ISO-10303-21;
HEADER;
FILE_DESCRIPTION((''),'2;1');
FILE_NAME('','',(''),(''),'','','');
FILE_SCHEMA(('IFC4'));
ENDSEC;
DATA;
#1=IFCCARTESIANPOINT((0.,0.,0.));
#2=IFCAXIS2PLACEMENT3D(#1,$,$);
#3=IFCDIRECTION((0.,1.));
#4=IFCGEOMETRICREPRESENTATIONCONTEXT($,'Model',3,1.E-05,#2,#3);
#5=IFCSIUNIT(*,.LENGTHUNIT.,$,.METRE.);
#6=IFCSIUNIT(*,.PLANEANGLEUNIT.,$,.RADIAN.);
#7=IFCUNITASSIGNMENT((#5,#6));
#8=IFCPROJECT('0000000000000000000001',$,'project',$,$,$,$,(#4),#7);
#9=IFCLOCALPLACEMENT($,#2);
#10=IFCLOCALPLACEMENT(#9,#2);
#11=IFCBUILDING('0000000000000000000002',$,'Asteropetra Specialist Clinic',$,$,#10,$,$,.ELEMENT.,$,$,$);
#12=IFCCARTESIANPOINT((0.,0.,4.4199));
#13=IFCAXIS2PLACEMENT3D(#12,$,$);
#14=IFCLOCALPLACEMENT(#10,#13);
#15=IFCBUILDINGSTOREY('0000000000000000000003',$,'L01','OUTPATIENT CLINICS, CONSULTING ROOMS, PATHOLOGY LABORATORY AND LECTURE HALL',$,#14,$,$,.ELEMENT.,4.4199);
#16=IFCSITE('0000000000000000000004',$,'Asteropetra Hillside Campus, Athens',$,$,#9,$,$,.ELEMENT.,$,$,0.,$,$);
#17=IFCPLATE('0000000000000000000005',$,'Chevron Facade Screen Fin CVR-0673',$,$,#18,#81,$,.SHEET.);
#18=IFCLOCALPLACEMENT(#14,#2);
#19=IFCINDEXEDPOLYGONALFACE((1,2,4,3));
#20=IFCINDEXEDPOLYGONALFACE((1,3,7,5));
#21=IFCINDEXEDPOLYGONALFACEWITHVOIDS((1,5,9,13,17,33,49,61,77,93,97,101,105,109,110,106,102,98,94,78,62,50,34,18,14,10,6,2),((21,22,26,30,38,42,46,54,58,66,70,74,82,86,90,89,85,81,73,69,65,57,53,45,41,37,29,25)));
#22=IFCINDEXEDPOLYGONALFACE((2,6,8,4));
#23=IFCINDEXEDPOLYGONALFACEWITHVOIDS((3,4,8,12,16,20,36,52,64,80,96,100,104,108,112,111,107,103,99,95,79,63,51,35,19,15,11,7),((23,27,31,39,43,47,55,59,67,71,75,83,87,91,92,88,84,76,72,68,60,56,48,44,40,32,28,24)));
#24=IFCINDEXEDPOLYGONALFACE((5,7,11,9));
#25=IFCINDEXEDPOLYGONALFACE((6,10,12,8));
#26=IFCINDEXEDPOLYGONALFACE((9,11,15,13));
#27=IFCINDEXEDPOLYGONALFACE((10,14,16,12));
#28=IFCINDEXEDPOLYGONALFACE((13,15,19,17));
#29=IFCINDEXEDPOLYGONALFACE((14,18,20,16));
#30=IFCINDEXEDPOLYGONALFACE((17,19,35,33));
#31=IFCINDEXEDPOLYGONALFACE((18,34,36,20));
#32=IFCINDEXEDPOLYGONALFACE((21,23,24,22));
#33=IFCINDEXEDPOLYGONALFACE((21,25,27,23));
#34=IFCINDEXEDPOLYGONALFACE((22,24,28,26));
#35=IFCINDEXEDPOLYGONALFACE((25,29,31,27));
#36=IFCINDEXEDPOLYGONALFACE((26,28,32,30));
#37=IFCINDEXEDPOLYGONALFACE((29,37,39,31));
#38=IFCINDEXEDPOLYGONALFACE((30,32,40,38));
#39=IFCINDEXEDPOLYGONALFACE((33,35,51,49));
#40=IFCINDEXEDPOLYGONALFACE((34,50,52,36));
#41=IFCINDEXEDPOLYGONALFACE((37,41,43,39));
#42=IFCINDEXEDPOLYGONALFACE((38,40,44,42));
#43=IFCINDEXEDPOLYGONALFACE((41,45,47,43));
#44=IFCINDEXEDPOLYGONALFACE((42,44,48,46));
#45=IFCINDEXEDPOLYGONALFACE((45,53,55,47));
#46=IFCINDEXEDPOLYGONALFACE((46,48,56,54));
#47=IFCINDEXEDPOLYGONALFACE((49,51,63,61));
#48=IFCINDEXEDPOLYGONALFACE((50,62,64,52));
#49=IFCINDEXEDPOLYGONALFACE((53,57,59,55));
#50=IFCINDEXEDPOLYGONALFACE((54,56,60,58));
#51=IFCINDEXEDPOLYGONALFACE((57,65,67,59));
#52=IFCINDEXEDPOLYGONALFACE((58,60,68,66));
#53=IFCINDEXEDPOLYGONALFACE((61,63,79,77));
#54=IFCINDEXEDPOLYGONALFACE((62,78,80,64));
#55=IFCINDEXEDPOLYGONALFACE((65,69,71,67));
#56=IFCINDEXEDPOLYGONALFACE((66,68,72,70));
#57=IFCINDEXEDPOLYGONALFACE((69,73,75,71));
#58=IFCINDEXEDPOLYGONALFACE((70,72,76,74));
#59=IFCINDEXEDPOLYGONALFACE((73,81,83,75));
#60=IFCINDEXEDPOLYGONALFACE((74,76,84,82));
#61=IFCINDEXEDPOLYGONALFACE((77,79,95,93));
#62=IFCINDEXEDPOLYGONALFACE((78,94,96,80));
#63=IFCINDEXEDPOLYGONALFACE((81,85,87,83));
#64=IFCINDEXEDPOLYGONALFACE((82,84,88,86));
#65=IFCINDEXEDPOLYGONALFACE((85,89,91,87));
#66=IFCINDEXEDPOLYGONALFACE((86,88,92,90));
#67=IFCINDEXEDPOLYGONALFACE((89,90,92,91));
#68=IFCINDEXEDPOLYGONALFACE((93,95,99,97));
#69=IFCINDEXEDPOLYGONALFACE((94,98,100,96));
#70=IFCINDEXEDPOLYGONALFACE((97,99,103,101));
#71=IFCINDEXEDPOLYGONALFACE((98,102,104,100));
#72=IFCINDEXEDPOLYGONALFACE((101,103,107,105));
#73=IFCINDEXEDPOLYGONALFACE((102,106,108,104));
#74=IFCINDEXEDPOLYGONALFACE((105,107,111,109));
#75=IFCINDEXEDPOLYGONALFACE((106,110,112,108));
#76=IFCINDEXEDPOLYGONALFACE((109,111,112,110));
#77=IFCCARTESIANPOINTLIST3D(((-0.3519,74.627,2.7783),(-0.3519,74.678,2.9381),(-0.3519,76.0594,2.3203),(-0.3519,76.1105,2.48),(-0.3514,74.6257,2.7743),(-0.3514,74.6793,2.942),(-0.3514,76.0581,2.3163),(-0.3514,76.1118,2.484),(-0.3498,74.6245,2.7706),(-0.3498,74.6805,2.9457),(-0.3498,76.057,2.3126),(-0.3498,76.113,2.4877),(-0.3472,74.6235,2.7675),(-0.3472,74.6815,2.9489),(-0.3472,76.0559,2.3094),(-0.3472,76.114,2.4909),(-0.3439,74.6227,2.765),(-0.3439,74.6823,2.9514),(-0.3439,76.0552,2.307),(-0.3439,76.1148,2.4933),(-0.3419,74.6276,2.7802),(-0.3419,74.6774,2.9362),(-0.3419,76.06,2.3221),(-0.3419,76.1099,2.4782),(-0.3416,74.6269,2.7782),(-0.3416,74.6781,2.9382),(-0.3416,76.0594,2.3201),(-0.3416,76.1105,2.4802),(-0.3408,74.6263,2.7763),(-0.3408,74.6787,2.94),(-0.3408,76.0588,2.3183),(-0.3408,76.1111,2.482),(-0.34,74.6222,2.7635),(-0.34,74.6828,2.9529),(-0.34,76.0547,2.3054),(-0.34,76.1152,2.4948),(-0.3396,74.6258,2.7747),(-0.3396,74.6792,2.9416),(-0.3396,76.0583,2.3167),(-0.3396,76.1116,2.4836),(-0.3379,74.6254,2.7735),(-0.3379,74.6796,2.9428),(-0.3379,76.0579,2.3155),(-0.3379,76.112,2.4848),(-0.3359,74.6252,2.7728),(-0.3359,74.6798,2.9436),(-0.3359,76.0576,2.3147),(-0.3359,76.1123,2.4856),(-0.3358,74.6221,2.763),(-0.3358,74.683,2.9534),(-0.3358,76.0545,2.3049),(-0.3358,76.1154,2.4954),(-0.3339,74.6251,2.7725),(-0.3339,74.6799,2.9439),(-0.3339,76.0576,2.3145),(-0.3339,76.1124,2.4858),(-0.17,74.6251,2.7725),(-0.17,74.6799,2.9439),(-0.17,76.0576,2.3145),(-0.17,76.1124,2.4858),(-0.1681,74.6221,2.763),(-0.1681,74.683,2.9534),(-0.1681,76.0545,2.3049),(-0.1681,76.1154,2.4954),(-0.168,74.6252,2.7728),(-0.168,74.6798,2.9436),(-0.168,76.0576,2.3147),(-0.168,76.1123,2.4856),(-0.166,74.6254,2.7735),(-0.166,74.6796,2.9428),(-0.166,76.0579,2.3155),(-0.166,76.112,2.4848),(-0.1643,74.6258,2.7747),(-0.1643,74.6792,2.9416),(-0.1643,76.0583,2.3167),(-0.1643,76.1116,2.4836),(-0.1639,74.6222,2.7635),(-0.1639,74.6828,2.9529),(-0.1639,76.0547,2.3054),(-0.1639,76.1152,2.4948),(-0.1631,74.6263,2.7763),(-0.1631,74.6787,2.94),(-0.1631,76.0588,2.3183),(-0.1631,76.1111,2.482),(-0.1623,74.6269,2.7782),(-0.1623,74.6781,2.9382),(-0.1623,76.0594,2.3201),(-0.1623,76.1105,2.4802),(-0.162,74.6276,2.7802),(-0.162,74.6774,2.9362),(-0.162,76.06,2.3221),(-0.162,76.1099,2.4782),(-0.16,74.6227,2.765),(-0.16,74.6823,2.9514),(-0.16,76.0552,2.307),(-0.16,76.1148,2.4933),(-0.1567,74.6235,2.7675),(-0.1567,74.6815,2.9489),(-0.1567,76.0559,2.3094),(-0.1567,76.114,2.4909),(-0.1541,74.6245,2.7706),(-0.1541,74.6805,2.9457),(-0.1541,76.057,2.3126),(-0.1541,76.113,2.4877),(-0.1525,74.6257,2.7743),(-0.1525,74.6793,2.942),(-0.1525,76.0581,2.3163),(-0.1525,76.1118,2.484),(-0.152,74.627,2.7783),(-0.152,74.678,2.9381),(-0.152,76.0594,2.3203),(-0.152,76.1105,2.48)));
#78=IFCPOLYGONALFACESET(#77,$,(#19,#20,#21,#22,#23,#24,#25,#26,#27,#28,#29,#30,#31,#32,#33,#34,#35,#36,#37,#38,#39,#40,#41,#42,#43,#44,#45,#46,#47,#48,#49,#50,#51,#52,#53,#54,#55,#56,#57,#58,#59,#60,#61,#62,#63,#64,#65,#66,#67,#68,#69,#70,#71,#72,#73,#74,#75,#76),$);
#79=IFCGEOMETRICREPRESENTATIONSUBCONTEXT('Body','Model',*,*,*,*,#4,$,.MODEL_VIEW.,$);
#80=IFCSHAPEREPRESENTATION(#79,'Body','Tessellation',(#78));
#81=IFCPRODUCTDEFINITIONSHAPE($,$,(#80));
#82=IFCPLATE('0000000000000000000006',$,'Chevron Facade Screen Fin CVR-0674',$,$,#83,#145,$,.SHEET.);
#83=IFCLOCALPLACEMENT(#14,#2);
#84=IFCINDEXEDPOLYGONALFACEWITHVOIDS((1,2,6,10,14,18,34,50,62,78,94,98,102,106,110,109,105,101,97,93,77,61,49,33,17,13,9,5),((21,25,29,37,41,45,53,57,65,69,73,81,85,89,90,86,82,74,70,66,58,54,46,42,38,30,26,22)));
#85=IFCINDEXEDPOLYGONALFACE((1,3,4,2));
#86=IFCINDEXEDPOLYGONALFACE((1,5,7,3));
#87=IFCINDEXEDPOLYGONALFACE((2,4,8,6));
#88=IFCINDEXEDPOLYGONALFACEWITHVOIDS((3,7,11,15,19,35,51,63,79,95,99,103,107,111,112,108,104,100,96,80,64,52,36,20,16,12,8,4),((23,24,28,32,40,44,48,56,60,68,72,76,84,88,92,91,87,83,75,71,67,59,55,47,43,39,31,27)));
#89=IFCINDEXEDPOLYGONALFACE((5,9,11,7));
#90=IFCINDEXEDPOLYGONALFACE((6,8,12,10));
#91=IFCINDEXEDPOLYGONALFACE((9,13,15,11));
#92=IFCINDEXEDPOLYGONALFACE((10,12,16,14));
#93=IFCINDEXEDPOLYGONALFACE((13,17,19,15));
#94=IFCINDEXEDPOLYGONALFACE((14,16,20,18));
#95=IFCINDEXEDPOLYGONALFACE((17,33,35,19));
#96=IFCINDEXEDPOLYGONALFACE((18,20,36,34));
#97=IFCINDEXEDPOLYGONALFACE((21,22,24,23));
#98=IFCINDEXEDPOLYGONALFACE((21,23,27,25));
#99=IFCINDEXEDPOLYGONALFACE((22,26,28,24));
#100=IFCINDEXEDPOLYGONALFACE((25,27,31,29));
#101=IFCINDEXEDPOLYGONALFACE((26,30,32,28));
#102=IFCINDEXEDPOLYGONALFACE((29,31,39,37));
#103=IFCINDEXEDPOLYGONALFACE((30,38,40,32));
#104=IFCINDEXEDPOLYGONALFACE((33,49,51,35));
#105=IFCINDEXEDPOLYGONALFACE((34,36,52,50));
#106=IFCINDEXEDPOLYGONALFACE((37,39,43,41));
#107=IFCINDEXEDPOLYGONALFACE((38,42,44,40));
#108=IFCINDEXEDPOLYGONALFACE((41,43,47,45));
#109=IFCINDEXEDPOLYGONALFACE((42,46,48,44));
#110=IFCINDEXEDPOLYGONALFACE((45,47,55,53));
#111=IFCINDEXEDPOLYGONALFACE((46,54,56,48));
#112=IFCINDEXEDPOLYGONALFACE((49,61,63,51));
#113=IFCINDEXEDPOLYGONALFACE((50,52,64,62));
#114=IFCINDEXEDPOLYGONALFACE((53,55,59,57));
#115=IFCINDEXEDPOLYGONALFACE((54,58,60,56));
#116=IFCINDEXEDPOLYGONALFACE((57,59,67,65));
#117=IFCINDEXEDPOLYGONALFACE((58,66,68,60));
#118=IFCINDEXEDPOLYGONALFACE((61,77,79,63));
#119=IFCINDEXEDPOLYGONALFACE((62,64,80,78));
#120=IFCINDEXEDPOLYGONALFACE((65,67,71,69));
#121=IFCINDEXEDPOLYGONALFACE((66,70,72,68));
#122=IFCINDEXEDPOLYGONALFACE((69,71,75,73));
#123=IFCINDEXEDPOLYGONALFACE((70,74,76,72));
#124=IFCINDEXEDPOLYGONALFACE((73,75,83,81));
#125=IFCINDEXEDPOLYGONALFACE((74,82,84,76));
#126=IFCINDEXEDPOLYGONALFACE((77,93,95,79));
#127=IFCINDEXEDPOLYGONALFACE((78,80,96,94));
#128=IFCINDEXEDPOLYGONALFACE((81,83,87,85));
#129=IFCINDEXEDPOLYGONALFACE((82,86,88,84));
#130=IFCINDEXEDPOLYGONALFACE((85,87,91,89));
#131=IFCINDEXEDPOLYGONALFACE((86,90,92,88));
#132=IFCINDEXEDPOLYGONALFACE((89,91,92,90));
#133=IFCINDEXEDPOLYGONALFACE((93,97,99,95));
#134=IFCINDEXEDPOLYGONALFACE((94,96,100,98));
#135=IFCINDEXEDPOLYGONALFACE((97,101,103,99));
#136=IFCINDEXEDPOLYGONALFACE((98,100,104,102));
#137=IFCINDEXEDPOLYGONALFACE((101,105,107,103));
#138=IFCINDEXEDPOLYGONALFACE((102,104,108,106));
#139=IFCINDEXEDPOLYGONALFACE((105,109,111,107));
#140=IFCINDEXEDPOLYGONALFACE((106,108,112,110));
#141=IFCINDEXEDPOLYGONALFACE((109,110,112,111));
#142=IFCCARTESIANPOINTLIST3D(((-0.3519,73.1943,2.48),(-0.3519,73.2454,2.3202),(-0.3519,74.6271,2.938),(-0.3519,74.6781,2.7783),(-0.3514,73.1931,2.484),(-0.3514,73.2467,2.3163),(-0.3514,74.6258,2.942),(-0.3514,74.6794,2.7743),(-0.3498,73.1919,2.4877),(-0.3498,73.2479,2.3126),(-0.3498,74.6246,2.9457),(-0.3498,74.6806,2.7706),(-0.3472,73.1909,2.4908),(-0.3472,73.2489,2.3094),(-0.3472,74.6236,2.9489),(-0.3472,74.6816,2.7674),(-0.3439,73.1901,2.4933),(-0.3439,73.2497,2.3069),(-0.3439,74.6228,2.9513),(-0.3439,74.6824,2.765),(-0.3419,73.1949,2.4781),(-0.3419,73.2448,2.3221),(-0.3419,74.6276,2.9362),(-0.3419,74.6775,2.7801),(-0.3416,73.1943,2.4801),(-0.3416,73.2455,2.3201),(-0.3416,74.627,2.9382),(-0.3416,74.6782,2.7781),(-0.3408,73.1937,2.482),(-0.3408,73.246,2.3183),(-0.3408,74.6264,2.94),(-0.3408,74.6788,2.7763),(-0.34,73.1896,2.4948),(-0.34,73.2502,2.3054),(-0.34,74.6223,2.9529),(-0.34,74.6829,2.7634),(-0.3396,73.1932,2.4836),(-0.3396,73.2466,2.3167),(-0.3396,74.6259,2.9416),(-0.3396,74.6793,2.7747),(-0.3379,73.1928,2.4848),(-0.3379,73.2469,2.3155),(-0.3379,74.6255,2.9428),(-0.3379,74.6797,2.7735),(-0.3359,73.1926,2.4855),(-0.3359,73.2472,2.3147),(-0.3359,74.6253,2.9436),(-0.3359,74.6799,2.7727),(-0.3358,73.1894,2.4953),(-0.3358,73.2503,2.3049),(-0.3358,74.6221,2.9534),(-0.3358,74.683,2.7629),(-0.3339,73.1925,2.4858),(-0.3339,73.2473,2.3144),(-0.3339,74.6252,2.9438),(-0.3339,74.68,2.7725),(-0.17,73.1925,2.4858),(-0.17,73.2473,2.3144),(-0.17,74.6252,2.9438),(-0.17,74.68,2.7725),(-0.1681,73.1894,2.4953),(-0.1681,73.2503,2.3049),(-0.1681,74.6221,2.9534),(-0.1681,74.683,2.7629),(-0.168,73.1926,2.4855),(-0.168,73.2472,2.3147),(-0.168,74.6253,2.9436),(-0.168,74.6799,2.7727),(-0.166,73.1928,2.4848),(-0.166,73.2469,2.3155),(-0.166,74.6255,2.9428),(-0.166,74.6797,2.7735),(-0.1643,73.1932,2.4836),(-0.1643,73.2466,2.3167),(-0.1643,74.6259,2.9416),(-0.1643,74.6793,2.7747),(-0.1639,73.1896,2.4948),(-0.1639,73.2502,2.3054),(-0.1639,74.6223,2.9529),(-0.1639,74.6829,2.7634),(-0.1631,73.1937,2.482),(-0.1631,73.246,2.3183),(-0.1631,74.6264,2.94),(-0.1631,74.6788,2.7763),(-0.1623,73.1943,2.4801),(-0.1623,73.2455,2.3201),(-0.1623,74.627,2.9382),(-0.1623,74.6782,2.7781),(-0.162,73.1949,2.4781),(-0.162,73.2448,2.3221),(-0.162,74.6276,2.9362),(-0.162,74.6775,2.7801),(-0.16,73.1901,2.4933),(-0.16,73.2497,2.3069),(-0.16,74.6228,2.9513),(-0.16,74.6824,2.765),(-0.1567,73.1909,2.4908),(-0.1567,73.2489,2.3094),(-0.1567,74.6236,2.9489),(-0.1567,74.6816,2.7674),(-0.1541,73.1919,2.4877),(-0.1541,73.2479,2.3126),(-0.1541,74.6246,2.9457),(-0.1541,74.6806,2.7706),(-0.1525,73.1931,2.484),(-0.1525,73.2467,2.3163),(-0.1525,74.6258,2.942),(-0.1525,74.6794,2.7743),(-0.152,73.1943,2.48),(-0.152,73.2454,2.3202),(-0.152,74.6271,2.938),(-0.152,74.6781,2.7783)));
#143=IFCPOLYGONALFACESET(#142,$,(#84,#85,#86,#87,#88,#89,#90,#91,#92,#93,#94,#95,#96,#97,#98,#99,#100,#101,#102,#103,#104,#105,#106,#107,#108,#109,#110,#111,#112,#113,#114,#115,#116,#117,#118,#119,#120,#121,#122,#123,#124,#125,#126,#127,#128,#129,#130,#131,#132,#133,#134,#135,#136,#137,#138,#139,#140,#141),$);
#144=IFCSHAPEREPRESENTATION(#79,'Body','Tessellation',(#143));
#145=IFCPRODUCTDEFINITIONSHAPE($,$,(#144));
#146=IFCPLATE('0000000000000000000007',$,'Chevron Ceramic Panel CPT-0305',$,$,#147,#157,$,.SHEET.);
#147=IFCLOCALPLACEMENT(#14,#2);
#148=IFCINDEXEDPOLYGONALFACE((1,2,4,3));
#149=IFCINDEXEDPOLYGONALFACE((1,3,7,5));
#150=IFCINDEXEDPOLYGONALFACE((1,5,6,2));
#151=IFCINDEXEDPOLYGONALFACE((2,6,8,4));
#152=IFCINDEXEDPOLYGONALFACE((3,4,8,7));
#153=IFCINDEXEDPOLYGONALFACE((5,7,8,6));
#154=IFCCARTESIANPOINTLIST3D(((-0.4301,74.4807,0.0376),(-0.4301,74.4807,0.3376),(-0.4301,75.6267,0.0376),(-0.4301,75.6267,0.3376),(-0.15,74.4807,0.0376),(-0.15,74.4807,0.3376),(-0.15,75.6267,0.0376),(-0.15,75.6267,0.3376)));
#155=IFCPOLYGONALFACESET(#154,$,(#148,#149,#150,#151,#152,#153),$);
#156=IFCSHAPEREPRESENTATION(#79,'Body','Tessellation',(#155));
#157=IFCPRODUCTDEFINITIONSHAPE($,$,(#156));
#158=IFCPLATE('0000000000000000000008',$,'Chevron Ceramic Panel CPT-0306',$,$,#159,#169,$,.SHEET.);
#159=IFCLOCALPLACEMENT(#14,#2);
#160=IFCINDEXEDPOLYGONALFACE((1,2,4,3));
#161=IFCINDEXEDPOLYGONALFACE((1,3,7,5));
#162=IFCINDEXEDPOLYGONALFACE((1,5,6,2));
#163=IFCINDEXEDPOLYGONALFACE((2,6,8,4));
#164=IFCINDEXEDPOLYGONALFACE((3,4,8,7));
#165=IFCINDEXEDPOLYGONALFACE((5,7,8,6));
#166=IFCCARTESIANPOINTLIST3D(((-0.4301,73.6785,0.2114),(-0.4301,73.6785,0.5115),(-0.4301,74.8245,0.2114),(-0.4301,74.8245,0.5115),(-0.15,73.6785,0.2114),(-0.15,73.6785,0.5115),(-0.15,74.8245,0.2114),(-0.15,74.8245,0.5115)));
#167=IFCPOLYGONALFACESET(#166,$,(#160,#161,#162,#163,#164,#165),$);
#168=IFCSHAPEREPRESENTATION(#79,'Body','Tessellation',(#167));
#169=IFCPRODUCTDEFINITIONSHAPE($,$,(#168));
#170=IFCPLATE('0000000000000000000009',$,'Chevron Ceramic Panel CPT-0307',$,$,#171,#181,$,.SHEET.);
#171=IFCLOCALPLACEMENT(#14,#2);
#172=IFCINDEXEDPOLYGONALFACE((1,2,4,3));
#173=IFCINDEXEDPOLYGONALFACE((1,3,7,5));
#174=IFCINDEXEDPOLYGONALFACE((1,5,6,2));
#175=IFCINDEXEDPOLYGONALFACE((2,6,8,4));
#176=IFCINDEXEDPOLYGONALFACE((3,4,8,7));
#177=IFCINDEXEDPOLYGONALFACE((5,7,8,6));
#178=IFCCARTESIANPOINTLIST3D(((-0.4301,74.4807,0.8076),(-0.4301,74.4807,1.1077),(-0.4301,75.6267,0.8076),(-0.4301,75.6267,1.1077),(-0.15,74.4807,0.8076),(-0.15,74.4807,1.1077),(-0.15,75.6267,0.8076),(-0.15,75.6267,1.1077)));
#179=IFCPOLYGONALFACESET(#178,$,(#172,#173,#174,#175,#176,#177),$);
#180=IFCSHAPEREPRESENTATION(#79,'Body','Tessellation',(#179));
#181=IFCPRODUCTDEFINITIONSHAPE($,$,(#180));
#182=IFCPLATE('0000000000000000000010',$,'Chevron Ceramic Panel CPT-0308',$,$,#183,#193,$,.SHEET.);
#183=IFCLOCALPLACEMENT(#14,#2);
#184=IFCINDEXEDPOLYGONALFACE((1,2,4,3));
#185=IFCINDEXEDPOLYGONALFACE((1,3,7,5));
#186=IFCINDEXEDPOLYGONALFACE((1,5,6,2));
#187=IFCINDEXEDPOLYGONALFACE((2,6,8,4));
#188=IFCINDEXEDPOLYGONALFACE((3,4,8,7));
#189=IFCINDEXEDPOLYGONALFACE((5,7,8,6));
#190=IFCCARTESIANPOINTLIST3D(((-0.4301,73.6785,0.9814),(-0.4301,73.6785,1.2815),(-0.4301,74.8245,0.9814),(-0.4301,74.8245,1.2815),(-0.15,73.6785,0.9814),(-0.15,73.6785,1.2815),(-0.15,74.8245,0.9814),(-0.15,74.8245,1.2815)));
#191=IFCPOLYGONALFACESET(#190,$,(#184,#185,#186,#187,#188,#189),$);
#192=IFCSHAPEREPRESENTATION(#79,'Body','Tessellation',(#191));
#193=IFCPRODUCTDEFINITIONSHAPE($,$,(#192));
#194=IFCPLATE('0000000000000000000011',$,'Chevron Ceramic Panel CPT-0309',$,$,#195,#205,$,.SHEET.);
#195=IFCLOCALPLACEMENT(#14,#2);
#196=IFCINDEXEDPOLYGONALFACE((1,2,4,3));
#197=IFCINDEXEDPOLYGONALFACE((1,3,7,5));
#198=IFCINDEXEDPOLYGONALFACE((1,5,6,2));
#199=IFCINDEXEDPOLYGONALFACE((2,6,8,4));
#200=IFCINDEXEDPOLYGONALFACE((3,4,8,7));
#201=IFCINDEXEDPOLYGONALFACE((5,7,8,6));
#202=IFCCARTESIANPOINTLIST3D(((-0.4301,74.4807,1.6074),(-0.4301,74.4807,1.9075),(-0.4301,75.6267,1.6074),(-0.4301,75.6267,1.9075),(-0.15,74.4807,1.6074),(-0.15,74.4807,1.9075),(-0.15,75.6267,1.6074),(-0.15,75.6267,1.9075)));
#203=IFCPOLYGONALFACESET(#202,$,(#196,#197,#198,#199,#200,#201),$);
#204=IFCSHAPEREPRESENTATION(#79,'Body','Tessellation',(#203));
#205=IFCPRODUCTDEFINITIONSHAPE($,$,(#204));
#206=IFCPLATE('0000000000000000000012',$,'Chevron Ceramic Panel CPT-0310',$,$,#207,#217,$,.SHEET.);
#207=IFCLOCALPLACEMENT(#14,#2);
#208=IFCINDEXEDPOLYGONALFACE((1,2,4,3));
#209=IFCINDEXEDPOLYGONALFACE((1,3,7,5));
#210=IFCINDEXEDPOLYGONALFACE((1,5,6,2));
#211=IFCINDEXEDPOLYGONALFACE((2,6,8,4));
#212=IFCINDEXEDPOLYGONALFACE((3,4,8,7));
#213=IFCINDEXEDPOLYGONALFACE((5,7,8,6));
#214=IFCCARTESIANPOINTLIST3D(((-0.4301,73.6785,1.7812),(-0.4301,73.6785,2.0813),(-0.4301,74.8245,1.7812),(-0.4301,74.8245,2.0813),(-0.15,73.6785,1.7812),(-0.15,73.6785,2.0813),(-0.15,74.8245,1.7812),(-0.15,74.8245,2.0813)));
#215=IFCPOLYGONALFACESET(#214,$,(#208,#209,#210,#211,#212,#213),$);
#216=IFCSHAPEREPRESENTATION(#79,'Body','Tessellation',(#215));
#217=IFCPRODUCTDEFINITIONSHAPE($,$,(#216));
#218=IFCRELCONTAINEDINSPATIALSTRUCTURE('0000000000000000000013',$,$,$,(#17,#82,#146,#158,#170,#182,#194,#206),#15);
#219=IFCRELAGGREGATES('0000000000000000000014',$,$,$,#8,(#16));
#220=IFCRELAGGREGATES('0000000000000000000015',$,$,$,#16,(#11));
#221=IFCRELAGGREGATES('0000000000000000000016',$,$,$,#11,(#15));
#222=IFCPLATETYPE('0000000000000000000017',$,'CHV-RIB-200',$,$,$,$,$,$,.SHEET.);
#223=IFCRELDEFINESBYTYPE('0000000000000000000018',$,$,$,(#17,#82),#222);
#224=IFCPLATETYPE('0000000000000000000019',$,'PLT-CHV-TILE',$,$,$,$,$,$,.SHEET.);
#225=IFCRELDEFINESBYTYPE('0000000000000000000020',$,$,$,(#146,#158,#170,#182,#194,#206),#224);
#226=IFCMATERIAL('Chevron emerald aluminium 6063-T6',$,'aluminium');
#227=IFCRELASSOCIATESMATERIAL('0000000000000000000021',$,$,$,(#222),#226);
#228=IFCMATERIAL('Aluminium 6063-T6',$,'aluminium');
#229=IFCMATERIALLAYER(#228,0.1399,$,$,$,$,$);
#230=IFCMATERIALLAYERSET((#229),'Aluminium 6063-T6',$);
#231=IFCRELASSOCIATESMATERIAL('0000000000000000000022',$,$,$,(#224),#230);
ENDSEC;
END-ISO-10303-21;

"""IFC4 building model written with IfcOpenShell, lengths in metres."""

from ifc_helpers import new_model, si_unit, direction, frame, origin, origin_2d, place, context, subcontext, project, spatial, rectangle, hollow_rectangle, extrude, material, layer, layer_set, material_profile, profile_set, type_object, element, save


model = new_model("IFC4")

# Units and contexts
model_context = context("Model", 3, precision=1e-05, world=origin(), true_north=direction((0.0, 1.0)))
body_context = subcontext(model_context, "Body", "Model", "MODEL_VIEW")
ifc_project = project(units=[si_unit("LENGTHUNIT", "METRE"), si_unit("PLANEANGLEUNIT", "RADIAN")], contexts=[model_context])

# Site, building, storey
site_placement = place(None, origin())
site = spatial("IfcSite", under=ifc_project, at=site_placement, Name="Asteropetra Hillside Campus, Athens", CompositionType="ELEMENT", RefElevation=0.0)
building_placement = place(site_placement, origin())
building = spatial("IfcBuilding", under=site, at=building_placement, Name="Asteropetra Specialist Clinic", CompositionType="ELEMENT")
storey_placement = place(building_placement, frame((0.0, 0.0, 4.4199)))
storey = spatial("IfcBuildingStorey", under=building, at=storey_placement, Name="L01", Description="OUTPATIENT CLINICS, CONSULTING ROOMS, PATHOLOGY LABORATORY AND LECTURE HALL", CompositionType="ELEMENT", Elevation=4.4199)

# Plates
ifc_material_1 = material(Name="Chevron emerald aluminium 6063-T6", Category="aluminium")
ifc_material_profile = material_profile(ifc_material_1, hollow_rectangle(XDim=0.2, YDim=0.2, WallThickness=0.01, InnerFilletRadius=0.0081, OuterFilletRadius=0.0161, at=origin_2d()), Name="SHS 200x200x10.0")
ifc_profile_set = profile_set([ifc_material_profile], Name="Chevron emerald aluminium 6063-T6")
plate_type_1 = type_object("IfcPlateType", Name="CHV-RIB-200", PredefinedType="SHEET", material=ifc_profile_set)
plate_1_placement = place(storey_placement, frame((-0.252, 76.085, 2.4001), z_axis=(0.0, -0.952492, 0.304564), x_axis=(1.0, 0.0, 0.0)))
element("IfcPlate", 1, at=plate_1_placement, inside=storey, type_object=plate_type_1, Name="Chevron Facade Screen Fin CVR-0673", PredefinedType="SHEET", context=body_context, shape_type="SweptSolid", body=[
    extrude(hollow_rectangle(XDim=0.2, YDim=0.2, WallThickness=0.01, InnerFilletRadius=0.0081, OuterFilletRadius=0.0161, at=origin_2d()), origin(), (0.0, 0.0, 1.0), 1.5039),
])
plate_2_placement = place(storey_placement, frame((-0.252, 74.6526, 2.8582), z_axis=(0.0, -0.952507, -0.304517), x_axis=(1.0, 0.0, 0.0)))
element("IfcPlate", 2, at=plate_2_placement, inside=storey, type_object=plate_type_1, Name="Chevron Facade Screen Fin CVR-0674", PredefinedType="SHEET", context=body_context, shape_type="SweptSolid", body=[
    extrude(hollow_rectangle(XDim=0.2, YDim=0.2, WallThickness=0.01, InnerFilletRadius=0.0081, OuterFilletRadius=0.0161, at=origin_2d()), origin(), (0.0, 0.0, 1.0), 1.5042),
])
ifc_material_2 = material(Name="Aluminium 6063-T6", Category="aluminium")
ifc_layer_1 = layer(ifc_material_2, 0.1399)
ifc_layer_set_1 = layer_set([ifc_layer_1], Name="Aluminium 6063-T6")
plate_type_2 = type_object("IfcPlateType", Name="PLT-CHV-TILE", PredefinedType="SHEET", material=ifc_layer_set_1)
for number, where, z_axis, x_axis, name in (
    (3, (-0.29, 75.0537, 0.0376), (0.0, 0.0, 1.0), (1.0, 0.0, 0.0), "Chevron Ceramic Panel CPT-0305"),
    (4, (-0.29, 74.2515, 0.2114), (0.0, 0.0, 1.0), (1.0, 0.0, 0.0), "Chevron Ceramic Panel CPT-0306"),
    (5, (-0.29, 75.0537, 0.8076), (0.0, 0.0, 1.0), (1.0, 0.0, 0.0), "Chevron Ceramic Panel CPT-0307"),
    (6, (-0.29, 74.2515, 0.9814), (0.0, 0.0, 1.0), (1.0, 0.0, 0.0), "Chevron Ceramic Panel CPT-0308"),
    (7, (-0.29, 75.0537, 1.6074), (0.0, 0.0, 1.0), (1.0, 0.0, 0.0), "Chevron Ceramic Panel CPT-0309"),
    (8, (-0.29, 74.2515, 1.7812), (0.0, 0.0, 1.0), (1.0, 0.0, 0.0), "Chevron Ceramic Panel CPT-0310"),
):
    element("IfcPlate", number, at=place(storey_placement, frame(where, z_axis=z_axis, x_axis=x_axis)), inside=storey, type_object=plate_type_2, Name=name, PredefinedType="SHEET", context=body_context, shape_type="SweptSolid", body=[
        extrude(rectangle(XDim=0.28, YDim=1.146, at=origin_2d()), origin(), (0.0, 0.0, 1.0), 0.3),
    ])

save(model, "model.ifc")
